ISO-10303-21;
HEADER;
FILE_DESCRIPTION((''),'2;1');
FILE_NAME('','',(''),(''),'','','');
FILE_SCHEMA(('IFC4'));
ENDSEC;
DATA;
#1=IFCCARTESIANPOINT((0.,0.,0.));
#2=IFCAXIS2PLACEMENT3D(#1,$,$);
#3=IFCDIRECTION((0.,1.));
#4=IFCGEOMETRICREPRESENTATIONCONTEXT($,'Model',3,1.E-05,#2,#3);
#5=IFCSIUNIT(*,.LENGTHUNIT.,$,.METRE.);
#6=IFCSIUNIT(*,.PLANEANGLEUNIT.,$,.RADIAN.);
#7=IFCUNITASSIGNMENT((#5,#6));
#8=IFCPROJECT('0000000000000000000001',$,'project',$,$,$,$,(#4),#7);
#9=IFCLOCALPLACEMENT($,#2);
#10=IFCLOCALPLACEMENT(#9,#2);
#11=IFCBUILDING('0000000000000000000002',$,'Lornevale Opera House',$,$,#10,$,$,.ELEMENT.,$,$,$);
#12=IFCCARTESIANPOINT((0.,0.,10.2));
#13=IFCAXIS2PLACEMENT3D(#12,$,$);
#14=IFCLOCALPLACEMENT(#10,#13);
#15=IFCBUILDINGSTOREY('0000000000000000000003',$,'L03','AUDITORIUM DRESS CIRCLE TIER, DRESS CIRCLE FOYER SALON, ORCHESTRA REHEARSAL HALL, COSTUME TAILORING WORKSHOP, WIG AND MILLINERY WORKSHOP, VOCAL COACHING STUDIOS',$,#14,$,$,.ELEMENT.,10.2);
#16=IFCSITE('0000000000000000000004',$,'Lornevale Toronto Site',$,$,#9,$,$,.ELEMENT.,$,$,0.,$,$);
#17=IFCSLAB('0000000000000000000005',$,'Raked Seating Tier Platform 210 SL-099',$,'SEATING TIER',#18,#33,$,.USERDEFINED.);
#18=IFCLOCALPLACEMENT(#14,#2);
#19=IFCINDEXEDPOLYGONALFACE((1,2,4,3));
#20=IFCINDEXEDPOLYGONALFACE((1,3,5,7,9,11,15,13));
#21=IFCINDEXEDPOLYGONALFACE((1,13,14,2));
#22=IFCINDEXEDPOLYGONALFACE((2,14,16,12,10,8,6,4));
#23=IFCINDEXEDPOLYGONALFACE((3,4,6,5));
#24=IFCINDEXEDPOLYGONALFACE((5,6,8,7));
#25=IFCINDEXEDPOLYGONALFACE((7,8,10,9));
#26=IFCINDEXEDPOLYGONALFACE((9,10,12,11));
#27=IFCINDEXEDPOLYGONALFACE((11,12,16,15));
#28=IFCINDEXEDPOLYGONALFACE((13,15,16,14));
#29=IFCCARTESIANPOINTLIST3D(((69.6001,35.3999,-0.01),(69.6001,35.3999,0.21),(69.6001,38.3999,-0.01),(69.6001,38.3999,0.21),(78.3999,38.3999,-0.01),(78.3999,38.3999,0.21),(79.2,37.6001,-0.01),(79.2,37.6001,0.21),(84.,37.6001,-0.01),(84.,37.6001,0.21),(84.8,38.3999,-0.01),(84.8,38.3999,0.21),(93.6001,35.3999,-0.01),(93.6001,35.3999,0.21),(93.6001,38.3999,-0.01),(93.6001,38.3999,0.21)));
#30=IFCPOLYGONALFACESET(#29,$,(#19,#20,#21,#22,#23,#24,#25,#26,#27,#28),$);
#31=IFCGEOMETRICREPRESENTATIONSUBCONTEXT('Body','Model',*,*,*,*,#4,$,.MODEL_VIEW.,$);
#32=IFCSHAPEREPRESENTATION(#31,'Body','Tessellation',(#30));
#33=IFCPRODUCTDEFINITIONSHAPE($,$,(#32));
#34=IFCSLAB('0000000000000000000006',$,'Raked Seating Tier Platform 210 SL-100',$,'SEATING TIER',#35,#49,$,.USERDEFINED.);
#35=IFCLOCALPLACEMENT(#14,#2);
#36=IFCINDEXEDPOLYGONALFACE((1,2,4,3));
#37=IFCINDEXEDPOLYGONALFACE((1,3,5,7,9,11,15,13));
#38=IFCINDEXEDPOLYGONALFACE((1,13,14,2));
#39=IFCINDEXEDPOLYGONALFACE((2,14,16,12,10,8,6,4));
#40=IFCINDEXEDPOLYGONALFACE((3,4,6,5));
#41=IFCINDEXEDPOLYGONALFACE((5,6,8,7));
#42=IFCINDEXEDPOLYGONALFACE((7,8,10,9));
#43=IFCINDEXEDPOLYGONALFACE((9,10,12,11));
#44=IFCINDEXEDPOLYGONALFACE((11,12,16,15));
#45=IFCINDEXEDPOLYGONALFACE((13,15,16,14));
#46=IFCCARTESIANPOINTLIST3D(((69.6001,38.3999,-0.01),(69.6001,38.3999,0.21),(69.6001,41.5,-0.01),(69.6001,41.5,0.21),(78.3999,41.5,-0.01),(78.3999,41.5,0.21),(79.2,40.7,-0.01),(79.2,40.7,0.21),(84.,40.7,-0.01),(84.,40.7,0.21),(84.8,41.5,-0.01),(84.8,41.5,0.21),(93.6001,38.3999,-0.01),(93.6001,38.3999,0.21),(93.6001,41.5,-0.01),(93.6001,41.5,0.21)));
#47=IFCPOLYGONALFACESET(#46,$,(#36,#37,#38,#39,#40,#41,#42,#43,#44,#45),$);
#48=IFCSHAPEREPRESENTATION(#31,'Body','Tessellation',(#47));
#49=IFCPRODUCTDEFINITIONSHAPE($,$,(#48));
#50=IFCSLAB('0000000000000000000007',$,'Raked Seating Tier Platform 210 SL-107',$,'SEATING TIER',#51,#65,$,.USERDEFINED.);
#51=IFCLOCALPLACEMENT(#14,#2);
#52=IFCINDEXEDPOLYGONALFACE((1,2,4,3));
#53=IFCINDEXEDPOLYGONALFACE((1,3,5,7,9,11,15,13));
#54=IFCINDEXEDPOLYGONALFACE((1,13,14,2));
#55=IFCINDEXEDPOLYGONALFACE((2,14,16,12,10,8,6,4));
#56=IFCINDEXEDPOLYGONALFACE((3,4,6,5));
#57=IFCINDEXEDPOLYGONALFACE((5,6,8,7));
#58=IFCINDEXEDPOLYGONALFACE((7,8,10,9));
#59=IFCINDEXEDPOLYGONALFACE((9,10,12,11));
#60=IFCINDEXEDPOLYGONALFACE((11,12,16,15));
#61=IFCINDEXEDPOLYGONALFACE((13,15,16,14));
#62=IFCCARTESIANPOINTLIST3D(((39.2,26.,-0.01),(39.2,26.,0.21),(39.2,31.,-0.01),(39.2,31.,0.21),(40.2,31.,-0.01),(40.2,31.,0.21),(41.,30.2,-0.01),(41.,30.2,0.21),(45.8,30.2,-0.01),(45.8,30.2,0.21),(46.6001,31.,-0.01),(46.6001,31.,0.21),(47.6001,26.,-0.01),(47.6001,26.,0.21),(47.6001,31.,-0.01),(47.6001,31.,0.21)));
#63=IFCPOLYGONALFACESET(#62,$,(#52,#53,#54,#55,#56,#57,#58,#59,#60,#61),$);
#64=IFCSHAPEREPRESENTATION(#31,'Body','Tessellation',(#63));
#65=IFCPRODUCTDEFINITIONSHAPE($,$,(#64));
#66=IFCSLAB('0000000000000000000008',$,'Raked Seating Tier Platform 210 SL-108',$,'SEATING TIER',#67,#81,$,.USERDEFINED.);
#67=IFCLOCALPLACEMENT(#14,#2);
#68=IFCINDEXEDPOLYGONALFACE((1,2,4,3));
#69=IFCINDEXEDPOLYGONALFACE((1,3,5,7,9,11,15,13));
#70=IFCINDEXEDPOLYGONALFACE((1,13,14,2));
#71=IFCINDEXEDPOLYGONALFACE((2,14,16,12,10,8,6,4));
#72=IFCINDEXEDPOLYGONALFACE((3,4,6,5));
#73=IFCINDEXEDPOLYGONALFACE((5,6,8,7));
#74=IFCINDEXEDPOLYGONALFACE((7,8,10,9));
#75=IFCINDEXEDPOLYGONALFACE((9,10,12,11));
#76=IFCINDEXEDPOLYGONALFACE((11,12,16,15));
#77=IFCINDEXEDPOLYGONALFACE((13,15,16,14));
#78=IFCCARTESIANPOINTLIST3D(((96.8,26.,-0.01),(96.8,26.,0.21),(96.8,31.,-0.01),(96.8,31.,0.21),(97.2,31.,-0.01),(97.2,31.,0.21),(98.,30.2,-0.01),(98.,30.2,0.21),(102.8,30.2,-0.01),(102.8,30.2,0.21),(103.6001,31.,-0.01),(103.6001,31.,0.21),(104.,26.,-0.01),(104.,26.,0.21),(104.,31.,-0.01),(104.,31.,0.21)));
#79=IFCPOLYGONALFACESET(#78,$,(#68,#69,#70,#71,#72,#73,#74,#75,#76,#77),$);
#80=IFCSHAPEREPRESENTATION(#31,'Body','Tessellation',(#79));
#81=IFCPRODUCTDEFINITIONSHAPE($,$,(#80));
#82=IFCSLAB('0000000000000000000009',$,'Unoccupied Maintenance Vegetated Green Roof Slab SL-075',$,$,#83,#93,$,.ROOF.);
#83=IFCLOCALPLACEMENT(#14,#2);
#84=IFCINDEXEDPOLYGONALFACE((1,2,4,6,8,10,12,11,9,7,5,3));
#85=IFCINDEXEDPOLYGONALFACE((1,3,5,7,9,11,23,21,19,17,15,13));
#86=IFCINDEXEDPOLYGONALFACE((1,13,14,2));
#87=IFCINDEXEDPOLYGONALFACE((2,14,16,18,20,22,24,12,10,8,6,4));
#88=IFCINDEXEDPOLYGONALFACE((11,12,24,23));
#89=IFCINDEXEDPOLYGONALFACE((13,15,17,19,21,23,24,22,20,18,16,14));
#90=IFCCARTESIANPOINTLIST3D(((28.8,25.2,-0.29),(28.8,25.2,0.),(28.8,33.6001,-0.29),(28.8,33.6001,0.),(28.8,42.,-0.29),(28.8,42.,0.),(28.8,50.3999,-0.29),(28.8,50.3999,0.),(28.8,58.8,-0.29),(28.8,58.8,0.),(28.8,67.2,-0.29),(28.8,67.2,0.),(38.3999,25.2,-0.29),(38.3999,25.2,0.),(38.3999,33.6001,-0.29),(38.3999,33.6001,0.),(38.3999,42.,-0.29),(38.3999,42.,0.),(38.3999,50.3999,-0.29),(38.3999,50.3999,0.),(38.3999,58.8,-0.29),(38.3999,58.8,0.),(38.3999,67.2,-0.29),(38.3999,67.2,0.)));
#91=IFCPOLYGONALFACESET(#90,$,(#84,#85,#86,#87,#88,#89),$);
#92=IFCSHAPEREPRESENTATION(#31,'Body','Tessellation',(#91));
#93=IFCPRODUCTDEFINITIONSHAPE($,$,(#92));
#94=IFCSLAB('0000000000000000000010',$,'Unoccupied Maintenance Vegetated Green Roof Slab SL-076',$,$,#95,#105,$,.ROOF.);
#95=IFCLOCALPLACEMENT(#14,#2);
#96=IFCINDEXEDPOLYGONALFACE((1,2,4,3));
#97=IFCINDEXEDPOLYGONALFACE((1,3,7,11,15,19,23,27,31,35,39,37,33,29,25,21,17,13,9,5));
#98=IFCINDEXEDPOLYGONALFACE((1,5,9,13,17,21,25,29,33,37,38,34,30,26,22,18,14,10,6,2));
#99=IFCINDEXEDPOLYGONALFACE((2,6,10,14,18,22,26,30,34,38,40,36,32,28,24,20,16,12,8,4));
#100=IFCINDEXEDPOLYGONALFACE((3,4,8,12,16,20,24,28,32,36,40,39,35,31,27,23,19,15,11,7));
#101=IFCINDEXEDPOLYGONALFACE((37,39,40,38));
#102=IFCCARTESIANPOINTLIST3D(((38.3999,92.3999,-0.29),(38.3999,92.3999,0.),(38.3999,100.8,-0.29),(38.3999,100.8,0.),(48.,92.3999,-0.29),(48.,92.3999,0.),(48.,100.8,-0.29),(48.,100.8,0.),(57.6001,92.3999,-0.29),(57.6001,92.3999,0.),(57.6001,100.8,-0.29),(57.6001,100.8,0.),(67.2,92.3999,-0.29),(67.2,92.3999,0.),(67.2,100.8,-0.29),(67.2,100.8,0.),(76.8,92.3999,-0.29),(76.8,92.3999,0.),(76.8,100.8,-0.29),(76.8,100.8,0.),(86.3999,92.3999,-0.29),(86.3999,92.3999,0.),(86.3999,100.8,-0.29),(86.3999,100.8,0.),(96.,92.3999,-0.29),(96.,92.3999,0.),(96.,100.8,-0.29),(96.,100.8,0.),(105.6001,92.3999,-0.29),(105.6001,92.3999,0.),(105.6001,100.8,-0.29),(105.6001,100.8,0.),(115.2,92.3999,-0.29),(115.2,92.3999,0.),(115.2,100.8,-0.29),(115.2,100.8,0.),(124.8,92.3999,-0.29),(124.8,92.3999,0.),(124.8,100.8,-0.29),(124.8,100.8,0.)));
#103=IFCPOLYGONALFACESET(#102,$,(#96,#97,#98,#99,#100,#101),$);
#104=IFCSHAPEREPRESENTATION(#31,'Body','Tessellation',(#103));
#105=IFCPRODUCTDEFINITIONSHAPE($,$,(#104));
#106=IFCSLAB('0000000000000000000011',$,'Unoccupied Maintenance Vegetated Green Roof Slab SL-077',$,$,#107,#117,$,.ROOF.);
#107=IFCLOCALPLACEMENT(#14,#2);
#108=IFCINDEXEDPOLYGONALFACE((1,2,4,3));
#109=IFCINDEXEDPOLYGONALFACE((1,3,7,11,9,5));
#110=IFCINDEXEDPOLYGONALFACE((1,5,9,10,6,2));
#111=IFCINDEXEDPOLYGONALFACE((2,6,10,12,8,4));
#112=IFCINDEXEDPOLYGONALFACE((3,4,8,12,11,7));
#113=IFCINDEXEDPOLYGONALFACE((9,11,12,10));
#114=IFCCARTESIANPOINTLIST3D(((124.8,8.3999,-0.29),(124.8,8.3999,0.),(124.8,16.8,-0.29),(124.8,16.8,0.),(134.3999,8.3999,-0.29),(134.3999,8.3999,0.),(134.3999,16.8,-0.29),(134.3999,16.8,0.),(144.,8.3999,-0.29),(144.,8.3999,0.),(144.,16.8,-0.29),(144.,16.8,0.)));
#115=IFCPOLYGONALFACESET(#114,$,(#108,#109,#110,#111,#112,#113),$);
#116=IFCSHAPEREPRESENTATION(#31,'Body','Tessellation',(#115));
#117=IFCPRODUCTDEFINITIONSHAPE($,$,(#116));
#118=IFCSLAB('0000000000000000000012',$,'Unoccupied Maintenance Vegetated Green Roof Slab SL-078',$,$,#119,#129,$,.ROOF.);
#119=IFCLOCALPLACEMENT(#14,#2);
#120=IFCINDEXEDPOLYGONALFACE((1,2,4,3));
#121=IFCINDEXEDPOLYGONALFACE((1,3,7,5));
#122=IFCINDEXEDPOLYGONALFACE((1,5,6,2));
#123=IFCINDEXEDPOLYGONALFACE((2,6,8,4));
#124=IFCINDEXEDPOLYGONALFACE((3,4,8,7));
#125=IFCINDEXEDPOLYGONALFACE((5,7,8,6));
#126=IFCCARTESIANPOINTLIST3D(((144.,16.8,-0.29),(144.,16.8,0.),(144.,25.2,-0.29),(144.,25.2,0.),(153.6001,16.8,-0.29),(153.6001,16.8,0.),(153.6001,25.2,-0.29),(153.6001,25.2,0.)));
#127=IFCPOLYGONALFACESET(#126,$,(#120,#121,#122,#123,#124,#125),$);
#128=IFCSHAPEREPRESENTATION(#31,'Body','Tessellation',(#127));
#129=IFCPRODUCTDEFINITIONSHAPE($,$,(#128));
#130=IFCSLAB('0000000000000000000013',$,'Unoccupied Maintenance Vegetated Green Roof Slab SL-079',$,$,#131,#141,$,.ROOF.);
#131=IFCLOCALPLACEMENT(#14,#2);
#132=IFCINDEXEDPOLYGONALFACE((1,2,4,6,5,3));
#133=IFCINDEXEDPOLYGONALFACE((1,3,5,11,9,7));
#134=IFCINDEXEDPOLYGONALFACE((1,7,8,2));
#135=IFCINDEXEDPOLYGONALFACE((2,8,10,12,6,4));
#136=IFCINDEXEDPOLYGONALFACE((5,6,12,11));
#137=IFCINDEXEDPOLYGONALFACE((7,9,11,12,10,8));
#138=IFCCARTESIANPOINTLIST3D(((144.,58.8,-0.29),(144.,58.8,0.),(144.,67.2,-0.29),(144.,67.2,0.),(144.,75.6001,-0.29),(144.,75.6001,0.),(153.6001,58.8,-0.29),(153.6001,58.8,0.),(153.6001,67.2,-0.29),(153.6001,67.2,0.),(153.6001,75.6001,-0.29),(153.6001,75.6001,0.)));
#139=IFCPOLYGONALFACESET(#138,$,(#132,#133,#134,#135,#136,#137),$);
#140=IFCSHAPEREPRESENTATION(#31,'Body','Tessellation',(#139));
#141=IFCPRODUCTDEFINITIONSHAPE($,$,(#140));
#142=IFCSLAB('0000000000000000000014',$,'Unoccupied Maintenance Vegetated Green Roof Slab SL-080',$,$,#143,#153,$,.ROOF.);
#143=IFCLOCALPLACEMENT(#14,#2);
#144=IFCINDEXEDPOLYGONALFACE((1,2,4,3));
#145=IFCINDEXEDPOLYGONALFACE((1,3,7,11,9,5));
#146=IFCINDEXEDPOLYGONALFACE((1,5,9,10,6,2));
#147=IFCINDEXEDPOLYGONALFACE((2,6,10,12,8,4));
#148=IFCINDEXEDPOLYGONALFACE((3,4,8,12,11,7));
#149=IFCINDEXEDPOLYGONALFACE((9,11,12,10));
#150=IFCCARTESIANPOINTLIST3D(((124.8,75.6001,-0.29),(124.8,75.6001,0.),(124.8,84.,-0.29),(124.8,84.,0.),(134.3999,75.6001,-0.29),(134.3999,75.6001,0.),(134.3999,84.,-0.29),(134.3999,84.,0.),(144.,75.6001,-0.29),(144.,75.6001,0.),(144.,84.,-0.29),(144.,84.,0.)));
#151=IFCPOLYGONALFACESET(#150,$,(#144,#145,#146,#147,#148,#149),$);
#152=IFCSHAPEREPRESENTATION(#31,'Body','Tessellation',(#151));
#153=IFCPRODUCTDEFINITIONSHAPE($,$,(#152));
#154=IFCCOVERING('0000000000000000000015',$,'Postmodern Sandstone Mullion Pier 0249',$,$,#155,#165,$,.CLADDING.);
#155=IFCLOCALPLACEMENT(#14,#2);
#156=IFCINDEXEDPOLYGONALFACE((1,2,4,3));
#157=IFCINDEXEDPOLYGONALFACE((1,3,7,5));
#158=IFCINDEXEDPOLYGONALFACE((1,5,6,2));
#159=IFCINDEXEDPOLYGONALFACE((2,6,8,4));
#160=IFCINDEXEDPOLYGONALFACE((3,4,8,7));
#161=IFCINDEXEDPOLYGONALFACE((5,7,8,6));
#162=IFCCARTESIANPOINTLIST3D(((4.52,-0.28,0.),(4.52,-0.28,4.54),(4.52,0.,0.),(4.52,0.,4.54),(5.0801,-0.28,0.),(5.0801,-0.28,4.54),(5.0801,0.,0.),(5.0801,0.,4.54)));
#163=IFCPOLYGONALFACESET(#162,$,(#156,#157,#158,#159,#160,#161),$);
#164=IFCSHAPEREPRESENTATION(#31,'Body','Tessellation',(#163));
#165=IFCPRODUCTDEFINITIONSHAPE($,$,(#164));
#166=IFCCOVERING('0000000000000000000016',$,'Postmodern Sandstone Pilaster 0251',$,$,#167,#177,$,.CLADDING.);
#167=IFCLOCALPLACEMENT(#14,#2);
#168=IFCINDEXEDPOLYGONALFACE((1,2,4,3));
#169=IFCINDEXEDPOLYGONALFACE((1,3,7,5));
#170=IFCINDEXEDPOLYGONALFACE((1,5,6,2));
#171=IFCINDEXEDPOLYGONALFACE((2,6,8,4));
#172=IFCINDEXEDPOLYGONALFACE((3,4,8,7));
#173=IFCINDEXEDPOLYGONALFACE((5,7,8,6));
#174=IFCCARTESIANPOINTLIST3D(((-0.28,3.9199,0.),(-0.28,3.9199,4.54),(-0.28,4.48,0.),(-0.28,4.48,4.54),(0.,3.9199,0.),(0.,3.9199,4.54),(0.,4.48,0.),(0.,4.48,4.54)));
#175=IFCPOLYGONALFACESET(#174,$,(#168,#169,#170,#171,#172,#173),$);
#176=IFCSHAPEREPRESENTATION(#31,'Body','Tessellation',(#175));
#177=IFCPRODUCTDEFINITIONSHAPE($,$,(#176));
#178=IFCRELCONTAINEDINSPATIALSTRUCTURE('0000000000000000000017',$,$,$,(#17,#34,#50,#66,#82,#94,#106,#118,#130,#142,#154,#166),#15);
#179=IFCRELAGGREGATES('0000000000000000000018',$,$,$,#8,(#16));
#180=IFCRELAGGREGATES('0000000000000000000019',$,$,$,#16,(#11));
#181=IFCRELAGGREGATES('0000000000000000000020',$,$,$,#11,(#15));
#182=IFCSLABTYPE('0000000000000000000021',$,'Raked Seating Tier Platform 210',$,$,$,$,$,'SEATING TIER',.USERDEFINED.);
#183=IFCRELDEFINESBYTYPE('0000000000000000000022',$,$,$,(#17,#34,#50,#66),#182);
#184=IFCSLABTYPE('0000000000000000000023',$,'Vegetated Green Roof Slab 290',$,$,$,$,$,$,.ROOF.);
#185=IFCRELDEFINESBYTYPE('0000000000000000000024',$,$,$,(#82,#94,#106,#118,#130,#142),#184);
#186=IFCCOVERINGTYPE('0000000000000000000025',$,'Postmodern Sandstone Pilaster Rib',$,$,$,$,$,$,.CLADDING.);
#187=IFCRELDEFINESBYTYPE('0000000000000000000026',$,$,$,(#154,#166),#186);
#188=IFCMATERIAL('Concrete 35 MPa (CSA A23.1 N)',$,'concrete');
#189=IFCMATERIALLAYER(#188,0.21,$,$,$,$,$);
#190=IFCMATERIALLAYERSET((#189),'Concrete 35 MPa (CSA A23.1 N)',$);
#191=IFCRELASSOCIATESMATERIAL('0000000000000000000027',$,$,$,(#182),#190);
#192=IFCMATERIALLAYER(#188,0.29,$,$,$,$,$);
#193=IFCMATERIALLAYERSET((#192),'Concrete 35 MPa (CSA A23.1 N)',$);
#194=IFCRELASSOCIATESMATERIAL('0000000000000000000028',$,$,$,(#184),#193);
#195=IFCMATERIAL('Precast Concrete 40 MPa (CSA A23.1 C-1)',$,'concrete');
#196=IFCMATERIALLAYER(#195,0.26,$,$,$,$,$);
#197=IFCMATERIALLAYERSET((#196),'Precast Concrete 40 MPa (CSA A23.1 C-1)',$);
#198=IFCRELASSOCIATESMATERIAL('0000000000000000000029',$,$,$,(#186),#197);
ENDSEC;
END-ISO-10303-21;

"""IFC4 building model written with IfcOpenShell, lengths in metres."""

from ifc_helpers import new_model, si_unit, direction, frame, origin, place, context, subcontext, project, spatial, polyline, outline, extrude, material, layer, layer_set, type_object, element, save


model = new_model("IFC4")

# Units and contexts
model_context = context("Model", 3, precision=1e-05, world=origin(), true_north=direction((0.0, 1.0)))
body_context = subcontext(model_context, "Body", "Model", "MODEL_VIEW")
ifc_project = project(units=[si_unit("LENGTHUNIT", "METRE"), si_unit("PLANEANGLEUNIT", "RADIAN")], contexts=[model_context])

# Site, building, storey
site_placement = place(None, origin())
site = spatial("IfcSite", under=ifc_project, at=site_placement, Name="Lornevale Toronto Site", CompositionType="ELEMENT", RefElevation=0.0)
building_placement = place(site_placement, origin())
building = spatial("IfcBuilding", under=site, at=building_placement, Name="Lornevale Opera House", CompositionType="ELEMENT")
storey_placement = place(building_placement, frame((0.0, 0.0, 10.2)))
storey = spatial("IfcBuildingStorey", under=building, at=storey_placement, Name="L03", Description="AUDITORIUM DRESS CIRCLE TIER, DRESS CIRCLE FOYER SALON, ORCHESTRA REHEARSAL HALL, COSTUME TAILORING WORKSHOP, WIG AND MILLINERY WORKSHOP, VOCAL COACHING STUDIOS", CompositionType="ELEMENT", Elevation=10.2)

# Slabs
ifc_material_1 = material(Name="Concrete 35 MPa (CSA A23.1 N)", Category="concrete")
ifc_layer_1 = layer(ifc_material_1, 0.21)
ifc_layer_set_1 = layer_set([ifc_layer_1], Name="Concrete 35 MPa (CSA A23.1 N)")
slab_type_1 = type_object("IfcSlabType", Name="Raked Seating Tier Platform 210", ElementType="SEATING TIER", PredefinedType="USERDEFINED", material=ifc_layer_set_1)
slab_1_placement = place(storey_placement, frame((0.0, 0.0, -0.01)))
element("IfcSlab", 1, at=slab_1_placement, inside=storey, type_object=slab_type_1, Name="Raked Seating Tier Platform 210 SL-099", ObjectType="SEATING TIER", PredefinedType="USERDEFINED", context=body_context, shape_type="SweptSolid", body=[
    extrude(outline(polyline([(69.6001, 35.3999), (93.6001, 35.3999), (93.6001, 38.3999), (84.8, 38.3999), (84.0, 37.6001), (79.2, 37.6001), (78.3999, 38.3999), (69.6001, 38.3999), (69.6001, 35.3999)])), origin(), (0.0, 0.0, 1.0), 0.22),
])
slab_2_placement = place(storey_placement, frame((0.0, 0.0, -0.01)))
element("IfcSlab", 2, at=slab_2_placement, inside=storey, type_object=slab_type_1, Name="Raked Seating Tier Platform 210 SL-100", ObjectType="SEATING TIER", PredefinedType="USERDEFINED", context=body_context, shape_type="SweptSolid", body=[
    extrude(outline(polyline([(69.6001, 38.3999), (93.6001, 38.3999), (93.6001, 41.5), (84.8, 41.5), (84.0, 40.7), (79.2, 40.7), (78.3999, 41.5), (69.6001, 41.5), (69.6001, 38.3999)])), origin(), (0.0, 0.0, 1.0), 0.22),
])
slab_3_placement = place(storey_placement, frame((0.0, 0.0, -0.01)))
element("IfcSlab", 3, at=slab_3_placement, inside=storey, type_object=slab_type_1, Name="Raked Seating Tier Platform 210 SL-107", ObjectType="SEATING TIER", PredefinedType="USERDEFINED", context=body_context, shape_type="SweptSolid", body=[
    extrude(outline(polyline([(39.2, 26.0), (47.6001, 26.0), (47.6001, 31.0), (46.6001, 31.0), (45.8, 30.2), (41.0, 30.2), (40.2, 31.0), (39.2, 31.0), (39.2, 26.0)])), origin(), (0.0, 0.0, 1.0), 0.22),
])
slab_4_placement = place(storey_placement, frame((0.0, 0.0, -0.01)))
element("IfcSlab", 4, at=slab_4_placement, inside=storey, type_object=slab_type_1, Name="Raked Seating Tier Platform 210 SL-108", ObjectType="SEATING TIER", PredefinedType="USERDEFINED", context=body_context, shape_type="SweptSolid", body=[
    extrude(outline(polyline([(96.8, 26.0), (104.0, 26.0), (104.0, 31.0), (103.6001, 31.0), (102.8, 30.2), (98.0, 30.2), (97.2, 31.0), (96.8, 31.0), (96.8, 26.0)])), origin(), (0.0, 0.0, 1.0), 0.22),
])
ifc_layer_2 = layer(ifc_material_1, 0.29)
ifc_layer_set_2 = layer_set([ifc_layer_2], Name="Concrete 35 MPa (CSA A23.1 N)")
slab_type_2 = type_object("IfcSlabType", Name="Vegetated Green Roof Slab 290", PredefinedType="ROOF", material=ifc_layer_set_2)
slab_5_placement = place(storey_placement, frame((0.0, 0.0, -0.29)))
element("IfcSlab", 5, at=slab_5_placement, inside=storey, type_object=slab_type_2, Name="Unoccupied Maintenance Vegetated Green Roof Slab SL-075", PredefinedType="ROOF", context=body_context, shape_type="SweptSolid", body=[
    extrude(outline(polyline([(28.8, 42.0), (28.8, 50.3999), (28.8, 58.8), (28.8, 67.2), (38.3999, 67.2), (38.3999, 58.8), (38.3999, 50.3999), (38.3999, 42.0), (38.3999, 33.6001), (38.3999, 25.2), (28.8, 25.2), (28.8, 33.6001), (28.8, 42.0)])), origin(), (0.0, 0.0, 1.0), 0.29),
])
slab_6_placement = place(storey_placement, frame((0.0, 0.0, -0.29)))
element("IfcSlab", 6, at=slab_6_placement, inside=storey, type_object=slab_type_2, Name="Unoccupied Maintenance Vegetated Green Roof Slab SL-076", PredefinedType="ROOF", context=body_context, shape_type="SweptSolid", body=[
    extrude(outline(polyline([(57.6001, 100.8), (67.2, 100.8), (76.8, 100.8), (86.3999, 100.8), (96.0, 100.8), (105.6001, 100.8), (115.2, 100.8), (124.8, 100.8), (124.8, 92.3999), (115.2, 92.3999), (105.6001, 92.3999), (96.0, 92.3999), (86.3999, 92.3999), (76.8, 92.3999), (67.2, 92.3999), (57.6001, 92.3999), (48.0, 92.3999), (38.3999, 92.3999), (38.3999, 100.8), (48.0, 100.8), (57.6001, 100.8)])), origin(), (0.0, 0.0, 1.0), 0.29),
])
slab_7_placement = place(storey_placement, frame((0.0, 0.0, -0.29)))
element("IfcSlab", 7, at=slab_7_placement, inside=storey, type_object=slab_type_2, Name="Unoccupied Maintenance Vegetated Green Roof Slab SL-077", PredefinedType="ROOF", context=body_context, shape_type="SweptSolid", body=[
    extrude(outline(polyline([(144.0, 16.8), (144.0, 8.3999), (134.3999, 8.3999), (124.8, 8.3999), (124.8, 16.8), (134.3999, 16.8), (144.0, 16.8)])), origin(), (0.0, 0.0, 1.0), 0.29),
])
slab_8_placement = place(storey_placement, frame((0.0, 0.0, -0.29)))
element("IfcSlab", 8, at=slab_8_placement, inside=storey, type_object=slab_type_2, Name="Unoccupied Maintenance Vegetated Green Roof Slab SL-078", PredefinedType="ROOF", context=body_context, shape_type="SweptSolid", body=[
    extrude(outline(polyline([(144.0, 16.8), (144.0, 25.2), (153.6001, 25.2), (153.6001, 16.8), (144.0, 16.8)])), origin(), (0.0, 0.0, 1.0), 0.29),
])
slab_9_placement = place(storey_placement, frame((0.0, 0.0, -0.29)))
element("IfcSlab", 9, at=slab_9_placement, inside=storey, type_object=slab_type_2, Name="Unoccupied Maintenance Vegetated Green Roof Slab SL-079", PredefinedType="ROOF", context=body_context, shape_type="SweptSolid", body=[
    extrude(outline(polyline([(144.0, 58.8), (144.0, 67.2), (144.0, 75.6001), (153.6001, 75.6001), (153.6001, 67.2), (153.6001, 58.8), (144.0, 58.8)])), origin(), (0.0, 0.0, 1.0), 0.29),
])
slab_10_placement = place(storey_placement, frame((0.0, 0.0, -0.29)))
element("IfcSlab", 10, at=slab_10_placement, inside=storey, type_object=slab_type_2, Name="Unoccupied Maintenance Vegetated Green Roof Slab SL-080", PredefinedType="ROOF", context=body_context, shape_type="SweptSolid", body=[
    extrude(outline(polyline([(144.0, 75.6001), (134.3999, 75.6001), (124.8, 75.6001), (124.8, 84.0), (134.3999, 84.0), (144.0, 84.0), (144.0, 75.6001)])), origin(), (0.0, 0.0, 1.0), 0.29),
])

# Coverings
ifc_material_2 = material(Name="Precast Concrete 40 MPa (CSA A23.1 C-1)", Category="concrete")
ifc_layer_3 = layer(ifc_material_2, 0.26)
ifc_layer_set_3 = layer_set([ifc_layer_3], Name="Precast Concrete 40 MPa (CSA A23.1 C-1)")
covering_type = type_object("IfcCoveringType", Name="Postmodern Sandstone Pilaster Rib", PredefinedType="CLADDING", material=ifc_layer_set_3)
covering_1_placement = place(storey_placement, origin())
element("IfcCovering", 11, at=covering_1_placement, inside=storey, type_object=covering_type, Name="Postmodern Sandstone Mullion Pier 0249", PredefinedType="CLADDING", context=body_context, shape_type="SweptSolid", body=[
    extrude(outline(polyline([(5.0801, 0.0), (4.52, 0.0), (4.52, -0.28), (5.0801, -0.28), (5.0801, 0.0)])), origin(), (0.0, 0.0, 1.0), 4.54),
])
covering_2_placement = place(storey_placement, origin())
element("IfcCovering", 12, at=covering_2_placement, inside=storey, type_object=covering_type, Name="Postmodern Sandstone Pilaster 0251", PredefinedType="CLADDING", context=body_context, shape_type="SweptSolid", body=[
    extrude(outline(polyline([(0.0, 3.9199), (0.0, 4.48), (-0.28, 4.48), (-0.28, 3.9199), (0.0, 3.9199)])), origin(), (0.0, 0.0, 1.0), 4.54),
])

save(model, "model.ifc")
